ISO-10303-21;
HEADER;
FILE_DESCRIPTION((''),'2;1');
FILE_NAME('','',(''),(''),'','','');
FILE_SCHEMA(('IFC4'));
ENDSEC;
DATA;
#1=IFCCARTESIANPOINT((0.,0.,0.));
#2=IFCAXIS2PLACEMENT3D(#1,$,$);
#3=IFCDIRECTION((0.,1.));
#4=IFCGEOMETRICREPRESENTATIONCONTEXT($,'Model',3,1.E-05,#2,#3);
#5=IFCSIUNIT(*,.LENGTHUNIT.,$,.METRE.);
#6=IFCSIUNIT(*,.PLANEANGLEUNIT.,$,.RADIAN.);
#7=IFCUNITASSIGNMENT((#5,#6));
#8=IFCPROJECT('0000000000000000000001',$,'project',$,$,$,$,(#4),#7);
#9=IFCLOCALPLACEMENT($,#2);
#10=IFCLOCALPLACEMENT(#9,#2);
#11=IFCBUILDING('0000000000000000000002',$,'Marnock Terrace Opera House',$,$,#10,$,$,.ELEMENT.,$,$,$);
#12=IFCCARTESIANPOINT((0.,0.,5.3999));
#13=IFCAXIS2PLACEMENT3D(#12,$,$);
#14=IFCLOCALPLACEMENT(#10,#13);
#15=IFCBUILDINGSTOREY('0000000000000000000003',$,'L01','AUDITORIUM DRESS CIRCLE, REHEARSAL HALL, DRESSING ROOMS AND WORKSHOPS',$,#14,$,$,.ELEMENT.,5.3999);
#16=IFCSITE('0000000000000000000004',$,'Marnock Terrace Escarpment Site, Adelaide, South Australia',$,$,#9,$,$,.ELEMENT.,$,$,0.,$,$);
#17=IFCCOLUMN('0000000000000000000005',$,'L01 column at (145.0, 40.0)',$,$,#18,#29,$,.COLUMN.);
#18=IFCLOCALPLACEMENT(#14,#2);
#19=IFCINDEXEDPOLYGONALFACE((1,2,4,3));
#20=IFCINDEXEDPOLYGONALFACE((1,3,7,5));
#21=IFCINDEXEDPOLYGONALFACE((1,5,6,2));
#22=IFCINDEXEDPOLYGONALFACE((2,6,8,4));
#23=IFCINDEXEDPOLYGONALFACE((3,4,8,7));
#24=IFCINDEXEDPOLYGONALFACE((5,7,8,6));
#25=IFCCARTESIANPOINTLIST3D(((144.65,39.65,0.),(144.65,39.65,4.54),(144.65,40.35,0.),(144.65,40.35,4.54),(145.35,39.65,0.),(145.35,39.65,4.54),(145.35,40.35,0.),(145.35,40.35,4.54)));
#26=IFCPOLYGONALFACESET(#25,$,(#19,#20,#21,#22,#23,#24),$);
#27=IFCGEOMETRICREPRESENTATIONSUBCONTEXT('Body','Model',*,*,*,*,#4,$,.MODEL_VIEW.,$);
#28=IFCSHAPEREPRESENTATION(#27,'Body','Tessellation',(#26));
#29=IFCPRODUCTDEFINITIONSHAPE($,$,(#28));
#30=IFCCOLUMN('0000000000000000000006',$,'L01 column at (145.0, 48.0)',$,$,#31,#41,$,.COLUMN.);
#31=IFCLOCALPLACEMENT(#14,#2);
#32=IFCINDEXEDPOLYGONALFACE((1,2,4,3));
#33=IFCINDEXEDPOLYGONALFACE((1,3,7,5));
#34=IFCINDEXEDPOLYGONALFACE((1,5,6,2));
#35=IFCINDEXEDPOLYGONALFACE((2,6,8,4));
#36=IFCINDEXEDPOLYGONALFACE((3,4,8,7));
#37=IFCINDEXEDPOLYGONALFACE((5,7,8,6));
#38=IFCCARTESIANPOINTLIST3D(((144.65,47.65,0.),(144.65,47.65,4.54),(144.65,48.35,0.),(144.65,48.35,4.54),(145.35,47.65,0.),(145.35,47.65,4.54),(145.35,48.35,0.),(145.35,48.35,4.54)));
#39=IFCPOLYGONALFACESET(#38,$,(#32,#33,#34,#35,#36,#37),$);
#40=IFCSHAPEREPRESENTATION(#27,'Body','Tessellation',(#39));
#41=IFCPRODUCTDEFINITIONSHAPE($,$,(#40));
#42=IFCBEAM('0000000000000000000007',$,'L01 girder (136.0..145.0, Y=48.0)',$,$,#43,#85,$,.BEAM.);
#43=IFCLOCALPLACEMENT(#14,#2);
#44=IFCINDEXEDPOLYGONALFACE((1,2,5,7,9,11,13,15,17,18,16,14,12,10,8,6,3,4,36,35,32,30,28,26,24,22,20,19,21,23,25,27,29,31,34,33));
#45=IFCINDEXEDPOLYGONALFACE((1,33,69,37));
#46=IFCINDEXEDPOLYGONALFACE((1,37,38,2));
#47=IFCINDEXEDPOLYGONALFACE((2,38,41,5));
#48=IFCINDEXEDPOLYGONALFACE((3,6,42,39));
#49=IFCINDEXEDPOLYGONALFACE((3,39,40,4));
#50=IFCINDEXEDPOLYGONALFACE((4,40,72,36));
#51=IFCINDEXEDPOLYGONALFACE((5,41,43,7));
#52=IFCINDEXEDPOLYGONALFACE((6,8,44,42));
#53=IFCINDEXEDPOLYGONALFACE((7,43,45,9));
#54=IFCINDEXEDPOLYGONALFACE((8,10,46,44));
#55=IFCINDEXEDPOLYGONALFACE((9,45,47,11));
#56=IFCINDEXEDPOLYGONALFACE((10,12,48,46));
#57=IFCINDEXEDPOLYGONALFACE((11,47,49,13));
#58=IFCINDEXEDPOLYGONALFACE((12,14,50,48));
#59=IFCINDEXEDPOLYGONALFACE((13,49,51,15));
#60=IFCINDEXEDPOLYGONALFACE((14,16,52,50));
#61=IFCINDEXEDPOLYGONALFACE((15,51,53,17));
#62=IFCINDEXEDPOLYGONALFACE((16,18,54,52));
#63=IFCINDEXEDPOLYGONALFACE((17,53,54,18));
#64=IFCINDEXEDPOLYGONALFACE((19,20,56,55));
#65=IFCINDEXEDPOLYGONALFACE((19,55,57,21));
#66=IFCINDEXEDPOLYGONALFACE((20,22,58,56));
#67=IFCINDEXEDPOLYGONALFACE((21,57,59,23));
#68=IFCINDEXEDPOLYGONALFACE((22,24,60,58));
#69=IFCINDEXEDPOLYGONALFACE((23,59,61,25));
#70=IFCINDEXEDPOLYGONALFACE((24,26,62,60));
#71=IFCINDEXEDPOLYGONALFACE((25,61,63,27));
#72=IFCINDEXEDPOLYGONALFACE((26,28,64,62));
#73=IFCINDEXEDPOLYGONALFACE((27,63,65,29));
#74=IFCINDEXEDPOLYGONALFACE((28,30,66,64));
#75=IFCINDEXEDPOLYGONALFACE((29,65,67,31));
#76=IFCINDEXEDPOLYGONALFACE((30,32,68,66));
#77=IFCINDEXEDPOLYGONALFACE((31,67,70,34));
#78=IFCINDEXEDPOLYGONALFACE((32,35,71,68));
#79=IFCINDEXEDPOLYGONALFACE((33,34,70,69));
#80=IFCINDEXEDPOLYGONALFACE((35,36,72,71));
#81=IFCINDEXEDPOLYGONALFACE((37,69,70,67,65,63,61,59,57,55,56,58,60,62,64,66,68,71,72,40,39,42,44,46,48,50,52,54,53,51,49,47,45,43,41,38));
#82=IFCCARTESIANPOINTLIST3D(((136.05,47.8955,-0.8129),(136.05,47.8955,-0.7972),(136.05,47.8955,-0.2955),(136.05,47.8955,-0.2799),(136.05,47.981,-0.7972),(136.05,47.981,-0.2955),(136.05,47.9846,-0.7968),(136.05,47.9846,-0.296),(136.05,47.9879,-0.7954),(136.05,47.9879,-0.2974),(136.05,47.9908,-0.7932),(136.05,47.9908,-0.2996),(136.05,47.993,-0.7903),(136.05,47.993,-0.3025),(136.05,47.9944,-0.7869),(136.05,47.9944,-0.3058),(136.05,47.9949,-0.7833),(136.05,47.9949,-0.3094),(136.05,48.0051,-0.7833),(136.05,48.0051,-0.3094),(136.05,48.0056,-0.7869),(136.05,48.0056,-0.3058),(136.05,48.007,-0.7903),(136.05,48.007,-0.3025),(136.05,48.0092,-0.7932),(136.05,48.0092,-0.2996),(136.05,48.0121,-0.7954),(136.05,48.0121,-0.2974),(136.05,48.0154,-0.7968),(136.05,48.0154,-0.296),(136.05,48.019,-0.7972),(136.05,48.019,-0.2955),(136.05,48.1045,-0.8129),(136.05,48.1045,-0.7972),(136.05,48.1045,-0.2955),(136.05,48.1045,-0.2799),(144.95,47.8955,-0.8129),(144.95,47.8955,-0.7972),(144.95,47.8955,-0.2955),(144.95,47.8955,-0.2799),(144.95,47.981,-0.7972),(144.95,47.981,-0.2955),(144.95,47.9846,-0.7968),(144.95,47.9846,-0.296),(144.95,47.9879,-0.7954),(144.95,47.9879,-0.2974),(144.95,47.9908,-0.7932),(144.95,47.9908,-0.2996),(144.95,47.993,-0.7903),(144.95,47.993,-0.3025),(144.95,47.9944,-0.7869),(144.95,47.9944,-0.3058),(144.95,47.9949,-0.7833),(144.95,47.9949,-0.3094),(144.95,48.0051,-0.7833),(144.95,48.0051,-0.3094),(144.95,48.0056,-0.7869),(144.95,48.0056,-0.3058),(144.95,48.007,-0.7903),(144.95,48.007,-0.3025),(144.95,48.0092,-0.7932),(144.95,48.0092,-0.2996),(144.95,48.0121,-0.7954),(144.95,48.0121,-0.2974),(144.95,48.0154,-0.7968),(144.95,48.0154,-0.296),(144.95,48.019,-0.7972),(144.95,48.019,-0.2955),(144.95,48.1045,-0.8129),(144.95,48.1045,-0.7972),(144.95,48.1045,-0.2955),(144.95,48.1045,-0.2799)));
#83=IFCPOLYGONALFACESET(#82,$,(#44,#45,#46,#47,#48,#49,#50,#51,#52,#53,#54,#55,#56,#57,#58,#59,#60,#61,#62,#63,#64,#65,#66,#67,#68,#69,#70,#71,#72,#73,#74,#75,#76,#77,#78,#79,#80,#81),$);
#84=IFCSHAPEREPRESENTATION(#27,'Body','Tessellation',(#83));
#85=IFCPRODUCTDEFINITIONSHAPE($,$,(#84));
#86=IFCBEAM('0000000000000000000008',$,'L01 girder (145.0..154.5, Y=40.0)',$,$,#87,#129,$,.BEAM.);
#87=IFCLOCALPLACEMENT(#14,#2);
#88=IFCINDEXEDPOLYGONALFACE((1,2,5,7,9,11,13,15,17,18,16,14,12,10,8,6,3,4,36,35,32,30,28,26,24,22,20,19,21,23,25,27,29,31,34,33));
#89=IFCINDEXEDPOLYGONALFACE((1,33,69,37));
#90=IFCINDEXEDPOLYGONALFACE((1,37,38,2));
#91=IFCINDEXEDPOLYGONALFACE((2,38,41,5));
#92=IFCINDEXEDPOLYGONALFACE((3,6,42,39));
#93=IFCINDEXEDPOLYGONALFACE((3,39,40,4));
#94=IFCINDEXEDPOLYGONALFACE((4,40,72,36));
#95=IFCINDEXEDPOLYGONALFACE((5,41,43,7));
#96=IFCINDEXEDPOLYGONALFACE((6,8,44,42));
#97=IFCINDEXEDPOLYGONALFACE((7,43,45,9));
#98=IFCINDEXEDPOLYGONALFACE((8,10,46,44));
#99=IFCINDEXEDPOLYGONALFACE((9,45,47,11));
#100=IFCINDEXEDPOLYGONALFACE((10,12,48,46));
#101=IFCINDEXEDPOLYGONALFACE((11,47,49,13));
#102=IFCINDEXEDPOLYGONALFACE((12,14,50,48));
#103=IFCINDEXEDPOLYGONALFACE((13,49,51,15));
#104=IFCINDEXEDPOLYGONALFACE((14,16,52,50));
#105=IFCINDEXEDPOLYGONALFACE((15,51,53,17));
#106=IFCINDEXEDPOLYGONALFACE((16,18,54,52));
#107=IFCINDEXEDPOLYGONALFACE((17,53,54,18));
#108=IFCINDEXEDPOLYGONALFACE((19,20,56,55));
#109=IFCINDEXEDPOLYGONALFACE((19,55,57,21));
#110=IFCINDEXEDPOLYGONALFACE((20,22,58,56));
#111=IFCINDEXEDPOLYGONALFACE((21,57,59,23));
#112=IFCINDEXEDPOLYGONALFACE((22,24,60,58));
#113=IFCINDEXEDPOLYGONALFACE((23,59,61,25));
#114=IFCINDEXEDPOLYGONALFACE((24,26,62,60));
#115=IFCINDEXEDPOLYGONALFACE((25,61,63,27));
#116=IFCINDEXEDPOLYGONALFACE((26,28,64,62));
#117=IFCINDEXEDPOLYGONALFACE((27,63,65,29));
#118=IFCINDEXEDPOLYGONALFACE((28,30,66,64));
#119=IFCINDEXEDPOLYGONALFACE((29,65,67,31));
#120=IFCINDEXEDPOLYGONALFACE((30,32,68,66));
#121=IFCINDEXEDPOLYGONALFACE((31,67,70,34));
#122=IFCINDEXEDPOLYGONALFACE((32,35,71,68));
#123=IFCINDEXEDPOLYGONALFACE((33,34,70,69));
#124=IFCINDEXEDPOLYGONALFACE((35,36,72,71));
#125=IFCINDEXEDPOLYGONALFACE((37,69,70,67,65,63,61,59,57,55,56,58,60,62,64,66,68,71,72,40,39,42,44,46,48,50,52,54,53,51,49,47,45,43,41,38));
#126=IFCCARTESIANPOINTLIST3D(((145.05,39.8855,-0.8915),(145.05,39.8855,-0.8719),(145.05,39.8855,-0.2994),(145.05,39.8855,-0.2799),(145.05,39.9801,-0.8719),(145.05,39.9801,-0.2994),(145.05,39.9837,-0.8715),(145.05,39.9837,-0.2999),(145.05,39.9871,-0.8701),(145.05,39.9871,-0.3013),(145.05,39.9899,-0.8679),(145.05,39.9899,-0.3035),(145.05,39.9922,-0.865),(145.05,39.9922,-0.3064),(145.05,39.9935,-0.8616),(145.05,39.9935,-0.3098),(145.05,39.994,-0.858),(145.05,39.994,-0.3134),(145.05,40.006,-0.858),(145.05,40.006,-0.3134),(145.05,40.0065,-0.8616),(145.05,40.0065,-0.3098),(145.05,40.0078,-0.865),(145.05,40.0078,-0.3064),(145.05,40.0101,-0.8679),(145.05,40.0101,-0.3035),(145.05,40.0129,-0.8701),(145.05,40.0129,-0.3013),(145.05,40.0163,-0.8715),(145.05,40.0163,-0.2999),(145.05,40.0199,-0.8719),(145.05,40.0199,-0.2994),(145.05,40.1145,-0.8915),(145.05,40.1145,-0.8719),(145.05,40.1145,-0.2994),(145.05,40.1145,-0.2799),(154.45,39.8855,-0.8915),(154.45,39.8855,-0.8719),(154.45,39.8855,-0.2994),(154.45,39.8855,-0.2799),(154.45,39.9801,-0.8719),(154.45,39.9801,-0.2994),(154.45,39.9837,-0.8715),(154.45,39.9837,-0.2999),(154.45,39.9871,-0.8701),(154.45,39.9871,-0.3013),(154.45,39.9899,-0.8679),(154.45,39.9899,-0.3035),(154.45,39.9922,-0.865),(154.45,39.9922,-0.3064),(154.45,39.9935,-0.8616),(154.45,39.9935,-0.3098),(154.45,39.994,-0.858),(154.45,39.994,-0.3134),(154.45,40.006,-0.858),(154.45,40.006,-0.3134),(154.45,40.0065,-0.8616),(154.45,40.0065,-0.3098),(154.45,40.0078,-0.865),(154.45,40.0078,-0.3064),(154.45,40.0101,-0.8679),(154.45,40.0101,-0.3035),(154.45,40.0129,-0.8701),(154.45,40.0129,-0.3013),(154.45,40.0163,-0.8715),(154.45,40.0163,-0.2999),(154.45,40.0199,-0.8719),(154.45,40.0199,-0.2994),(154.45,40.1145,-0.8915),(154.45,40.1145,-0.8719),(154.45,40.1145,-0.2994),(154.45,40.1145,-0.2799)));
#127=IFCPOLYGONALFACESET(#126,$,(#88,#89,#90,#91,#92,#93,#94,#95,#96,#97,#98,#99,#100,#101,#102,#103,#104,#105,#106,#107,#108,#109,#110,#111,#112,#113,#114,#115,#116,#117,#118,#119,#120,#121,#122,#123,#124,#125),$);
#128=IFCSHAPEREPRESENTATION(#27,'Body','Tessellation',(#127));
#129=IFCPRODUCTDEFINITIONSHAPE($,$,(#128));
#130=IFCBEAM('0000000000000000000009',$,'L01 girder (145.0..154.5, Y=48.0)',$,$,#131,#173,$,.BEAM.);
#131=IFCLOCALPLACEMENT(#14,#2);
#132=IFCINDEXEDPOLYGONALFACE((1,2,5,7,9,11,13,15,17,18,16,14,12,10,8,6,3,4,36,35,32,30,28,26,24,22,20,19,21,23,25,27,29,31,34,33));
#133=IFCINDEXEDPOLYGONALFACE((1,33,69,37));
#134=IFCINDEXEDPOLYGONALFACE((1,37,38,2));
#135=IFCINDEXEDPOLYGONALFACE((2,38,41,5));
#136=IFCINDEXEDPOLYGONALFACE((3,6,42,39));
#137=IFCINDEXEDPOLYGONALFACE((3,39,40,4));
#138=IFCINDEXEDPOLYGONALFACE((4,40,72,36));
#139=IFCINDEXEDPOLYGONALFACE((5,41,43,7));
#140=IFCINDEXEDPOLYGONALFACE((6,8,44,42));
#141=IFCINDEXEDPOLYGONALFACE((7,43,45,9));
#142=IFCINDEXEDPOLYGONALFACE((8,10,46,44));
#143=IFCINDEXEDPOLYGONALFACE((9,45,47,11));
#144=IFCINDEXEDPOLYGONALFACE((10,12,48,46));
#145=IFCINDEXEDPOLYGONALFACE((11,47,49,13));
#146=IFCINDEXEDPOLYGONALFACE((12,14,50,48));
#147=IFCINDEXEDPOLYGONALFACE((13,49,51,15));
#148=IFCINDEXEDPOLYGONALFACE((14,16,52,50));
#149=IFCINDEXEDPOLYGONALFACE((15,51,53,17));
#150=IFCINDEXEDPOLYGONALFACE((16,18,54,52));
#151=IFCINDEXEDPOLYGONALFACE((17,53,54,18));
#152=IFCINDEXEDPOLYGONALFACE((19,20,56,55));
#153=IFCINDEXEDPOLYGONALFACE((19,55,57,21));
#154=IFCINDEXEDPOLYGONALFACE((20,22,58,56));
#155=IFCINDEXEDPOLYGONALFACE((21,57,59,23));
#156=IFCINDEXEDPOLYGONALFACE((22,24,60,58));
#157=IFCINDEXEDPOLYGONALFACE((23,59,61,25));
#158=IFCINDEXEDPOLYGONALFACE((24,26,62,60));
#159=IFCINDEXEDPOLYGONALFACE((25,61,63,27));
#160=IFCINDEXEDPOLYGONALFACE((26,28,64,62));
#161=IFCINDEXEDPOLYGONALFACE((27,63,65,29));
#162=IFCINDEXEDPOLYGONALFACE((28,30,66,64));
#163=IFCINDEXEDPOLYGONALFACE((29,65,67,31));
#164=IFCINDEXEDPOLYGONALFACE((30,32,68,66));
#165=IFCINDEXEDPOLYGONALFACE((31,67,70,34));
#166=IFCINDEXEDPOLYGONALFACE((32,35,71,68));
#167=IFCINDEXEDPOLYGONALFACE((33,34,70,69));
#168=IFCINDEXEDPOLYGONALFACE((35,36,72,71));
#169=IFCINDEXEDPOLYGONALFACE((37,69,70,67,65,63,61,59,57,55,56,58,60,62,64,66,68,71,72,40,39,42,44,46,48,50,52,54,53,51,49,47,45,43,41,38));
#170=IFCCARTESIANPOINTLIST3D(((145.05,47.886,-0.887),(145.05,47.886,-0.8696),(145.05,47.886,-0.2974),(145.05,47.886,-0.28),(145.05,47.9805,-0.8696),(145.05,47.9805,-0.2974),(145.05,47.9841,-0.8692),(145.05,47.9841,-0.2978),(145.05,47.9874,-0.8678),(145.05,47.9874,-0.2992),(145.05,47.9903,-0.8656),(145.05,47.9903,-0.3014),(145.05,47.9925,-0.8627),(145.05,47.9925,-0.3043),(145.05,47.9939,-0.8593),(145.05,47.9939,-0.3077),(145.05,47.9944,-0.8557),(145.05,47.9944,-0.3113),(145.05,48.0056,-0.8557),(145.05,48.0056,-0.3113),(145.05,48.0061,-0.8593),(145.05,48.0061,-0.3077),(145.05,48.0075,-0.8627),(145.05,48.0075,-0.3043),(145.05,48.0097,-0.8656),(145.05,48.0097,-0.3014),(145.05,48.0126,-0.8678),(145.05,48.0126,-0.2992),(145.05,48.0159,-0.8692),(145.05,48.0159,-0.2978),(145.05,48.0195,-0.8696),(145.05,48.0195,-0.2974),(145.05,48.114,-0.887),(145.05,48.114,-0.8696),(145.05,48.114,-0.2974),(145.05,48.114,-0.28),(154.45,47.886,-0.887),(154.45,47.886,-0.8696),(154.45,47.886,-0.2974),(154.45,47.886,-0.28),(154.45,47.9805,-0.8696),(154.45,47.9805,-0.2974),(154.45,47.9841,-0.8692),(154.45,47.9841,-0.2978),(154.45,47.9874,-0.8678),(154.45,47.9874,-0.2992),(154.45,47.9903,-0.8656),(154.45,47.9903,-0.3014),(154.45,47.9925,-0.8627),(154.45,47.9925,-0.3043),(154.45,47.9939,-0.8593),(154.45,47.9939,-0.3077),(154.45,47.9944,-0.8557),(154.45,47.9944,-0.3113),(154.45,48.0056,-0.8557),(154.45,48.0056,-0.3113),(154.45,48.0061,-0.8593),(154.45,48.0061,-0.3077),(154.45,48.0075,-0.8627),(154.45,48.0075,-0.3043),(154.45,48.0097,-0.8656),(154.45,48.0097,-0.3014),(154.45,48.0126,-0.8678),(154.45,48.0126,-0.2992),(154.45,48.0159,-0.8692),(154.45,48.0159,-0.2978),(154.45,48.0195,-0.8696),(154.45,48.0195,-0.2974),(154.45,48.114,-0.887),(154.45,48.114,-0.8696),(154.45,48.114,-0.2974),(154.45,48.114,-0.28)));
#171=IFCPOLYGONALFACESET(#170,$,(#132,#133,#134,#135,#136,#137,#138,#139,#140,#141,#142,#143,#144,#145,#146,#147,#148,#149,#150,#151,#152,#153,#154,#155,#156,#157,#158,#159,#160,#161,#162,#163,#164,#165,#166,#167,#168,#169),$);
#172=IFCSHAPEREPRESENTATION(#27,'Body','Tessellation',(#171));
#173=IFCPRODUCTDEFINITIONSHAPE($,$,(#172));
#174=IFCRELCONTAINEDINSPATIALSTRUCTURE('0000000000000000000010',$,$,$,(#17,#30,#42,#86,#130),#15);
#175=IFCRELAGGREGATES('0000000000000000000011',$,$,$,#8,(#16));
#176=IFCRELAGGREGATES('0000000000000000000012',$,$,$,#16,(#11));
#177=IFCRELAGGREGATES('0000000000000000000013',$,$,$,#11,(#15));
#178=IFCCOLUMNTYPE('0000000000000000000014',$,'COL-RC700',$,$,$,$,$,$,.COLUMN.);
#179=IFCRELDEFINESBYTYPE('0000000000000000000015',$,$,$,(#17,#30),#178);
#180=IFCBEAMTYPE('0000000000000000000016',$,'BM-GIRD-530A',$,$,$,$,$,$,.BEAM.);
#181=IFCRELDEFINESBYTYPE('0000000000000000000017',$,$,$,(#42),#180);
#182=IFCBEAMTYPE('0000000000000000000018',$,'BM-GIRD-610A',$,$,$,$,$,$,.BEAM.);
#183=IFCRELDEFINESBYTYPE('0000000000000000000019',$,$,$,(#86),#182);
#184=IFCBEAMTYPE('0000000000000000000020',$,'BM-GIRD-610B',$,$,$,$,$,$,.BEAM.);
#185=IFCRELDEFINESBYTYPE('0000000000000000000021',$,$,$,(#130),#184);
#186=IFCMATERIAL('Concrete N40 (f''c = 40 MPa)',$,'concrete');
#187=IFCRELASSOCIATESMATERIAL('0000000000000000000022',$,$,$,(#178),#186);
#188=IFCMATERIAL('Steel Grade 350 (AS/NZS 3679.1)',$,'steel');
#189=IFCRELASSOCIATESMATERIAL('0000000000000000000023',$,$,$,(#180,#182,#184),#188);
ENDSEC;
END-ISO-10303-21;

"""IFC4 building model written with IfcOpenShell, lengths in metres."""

from ifc_helpers import new_model, si_unit, direction, frame, origin, origin_2d, place, context, subcontext, project, spatial, rectangle, i_section, extrude, material, material_profile, profile_set, type_object, element, save


model = new_model("IFC4")

# Units and contexts
model_context = context("Model", 3, precision=1e-05, world=origin(), true_north=direction((0.0, 1.0)))
body_context = subcontext(model_context, "Body", "Model", "MODEL_VIEW")
ifc_project = project(units=[si_unit("LENGTHUNIT", "METRE"), si_unit("PLANEANGLEUNIT", "RADIAN")], contexts=[model_context])

# Site, building, storey
site_placement = place(None, origin())
site = spatial("IfcSite", under=ifc_project, at=site_placement, Name="Marnock Terrace Escarpment Site, Adelaide, South Australia", CompositionType="ELEMENT", RefElevation=0.0)
building_placement = place(site_placement, origin())
building = spatial("IfcBuilding", under=site, at=building_placement, Name="Marnock Terrace Opera House", CompositionType="ELEMENT")
storey_placement = place(building_placement, frame((0.0, 0.0, 5.3999)))
storey = spatial("IfcBuildingStorey", under=building, at=storey_placement, Name="L01", Description="AUDITORIUM DRESS CIRCLE, REHEARSAL HALL, DRESSING ROOMS AND WORKSHOPS", CompositionType="ELEMENT", Elevation=5.3999)

# Columns
ifc_material_1 = material(Name="Concrete N40 (f'c = 40 MPa)", Category="concrete")
ifc_material_profile_1 = material_profile(ifc_material_1, rectangle(XDim=0.7, YDim=0.7, at=origin_2d()))
ifc_profile_set_1 = profile_set([ifc_material_profile_1], Name="Concrete N40 (f'c = 40 MPa)")
column_type = type_object("IfcColumnType", Name="COL-RC700", PredefinedType="COLUMN", material=ifc_profile_set_1)
for number, where, z_axis, x_axis, name in (
    (1, (145.0, 40.0, 0.0), (0.0, 0.0, 1.0), (1.0, 0.0, 0.0), "L01 column at (145.0, 40.0)"),
    (2, (145.0, 48.0, 0.0), (0.0, 0.0, 1.0), (1.0, 0.0, 0.0), "L01 column at (145.0, 48.0)"),
):
    element("IfcColumn", number, at=place(storey_placement, frame(where, z_axis=z_axis, x_axis=x_axis)), inside=storey, type_object=column_type, Name=name, PredefinedType="COLUMN", context=body_context, shape_type="SweptSolid", body=[
        extrude(rectangle(XDim=0.7, YDim=0.7, at=origin_2d()), origin(), (0.0, 0.0, 1.0), 4.54),
    ])

# Beams
ifc_material_2 = material(Name="Steel Grade 350 (AS/NZS 3679.1)", Category="steel")
ifc_material_profile_2 = material_profile(ifc_material_2, i_section(OverallWidth=0.209, OverallDepth=0.533, WebThickness=0.0103, FlangeThickness=0.0156, FilletRadius=0.0139, at=origin_2d()))
ifc_profile_set_2 = profile_set([ifc_material_profile_2], Name="Steel Grade 350 (AS/NZS 3679.1)")
beam_type_1 = type_object("IfcBeamType", Name="BM-GIRD-530A", PredefinedType="BEAM", material=ifc_profile_set_2)
beam_1_placement = place(storey_placement, frame((136.05, 48.0, -0.5464), z_axis=(1.0, 0.0, 0.0), x_axis=(0.0, 1.0, 0.0)))
element("IfcBeam", 3, at=beam_1_placement, inside=storey, type_object=beam_type_1, Name="L01 girder (136.0..145.0, Y=48.0)", PredefinedType="BEAM", context=body_context, shape_type="SweptSolid", body=[
    extrude(i_section(OverallWidth=0.209, OverallDepth=0.533, WebThickness=0.0103, FlangeThickness=0.0156, FilletRadius=0.0139, at=origin_2d()), origin(), (0.0, 0.0, 1.0), 8.8999),
])
ifc_material_profile_3 = material_profile(ifc_material_2, i_section(OverallWidth=0.229, OverallDepth=0.6116, WebThickness=0.012, FlangeThickness=0.0195, FilletRadius=0.0139, at=origin_2d()))
ifc_profile_set_3 = profile_set([ifc_material_profile_3], Name="Steel Grade 350 (AS/NZS 3679.1)")
beam_type_2 = type_object("IfcBeamType", Name="BM-GIRD-610A", PredefinedType="BEAM", material=ifc_profile_set_3)
beam_2_placement = place(storey_placement, frame((145.05, 40.0, -0.5857), z_axis=(1.0, 0.0, 0.0), x_axis=(0.0, 1.0, 0.0)))
element("IfcBeam", 4, at=beam_2_placement, inside=storey, type_object=beam_type_2, Name="L01 girder (145.0..154.5, Y=40.0)", PredefinedType="BEAM", context=body_context, shape_type="SweptSolid", body=[
    extrude(i_section(OverallWidth=0.229, OverallDepth=0.6116, WebThickness=0.012, FlangeThickness=0.0195, FilletRadius=0.0139, at=origin_2d()), origin(), (0.0, 0.0, 1.0), 9.3999),
])
ifc_material_profile_4 = material_profile(ifc_material_2, i_section(OverallWidth=0.228, OverallDepth=0.6069, WebThickness=0.0112, FlangeThickness=0.0173, FilletRadius=0.0139, at=origin_2d()))
ifc_profile_set_4 = profile_set([ifc_material_profile_4], Name="Steel Grade 350 (AS/NZS 3679.1)")
beam_type_3 = type_object("IfcBeamType", Name="BM-GIRD-610B", PredefinedType="BEAM", material=ifc_profile_set_4)
beam_3_placement = place(storey_placement, frame((145.05, 48.0, -0.5835), z_axis=(1.0, 0.0, 0.0), x_axis=(0.0, 1.0, 0.0)))
element("IfcBeam", 5, at=beam_3_placement, inside=storey, type_object=beam_type_3, Name="L01 girder (145.0..154.5, Y=48.0)", PredefinedType="BEAM", context=body_context, shape_type="SweptSolid", body=[
    extrude(i_section(OverallWidth=0.228, OverallDepth=0.6069, WebThickness=0.0112, FlangeThickness=0.0173, FilletRadius=0.0139, at=origin_2d()), origin(), (0.0, 0.0, 1.0), 9.3999),
])

save(model, "model.ifc")
